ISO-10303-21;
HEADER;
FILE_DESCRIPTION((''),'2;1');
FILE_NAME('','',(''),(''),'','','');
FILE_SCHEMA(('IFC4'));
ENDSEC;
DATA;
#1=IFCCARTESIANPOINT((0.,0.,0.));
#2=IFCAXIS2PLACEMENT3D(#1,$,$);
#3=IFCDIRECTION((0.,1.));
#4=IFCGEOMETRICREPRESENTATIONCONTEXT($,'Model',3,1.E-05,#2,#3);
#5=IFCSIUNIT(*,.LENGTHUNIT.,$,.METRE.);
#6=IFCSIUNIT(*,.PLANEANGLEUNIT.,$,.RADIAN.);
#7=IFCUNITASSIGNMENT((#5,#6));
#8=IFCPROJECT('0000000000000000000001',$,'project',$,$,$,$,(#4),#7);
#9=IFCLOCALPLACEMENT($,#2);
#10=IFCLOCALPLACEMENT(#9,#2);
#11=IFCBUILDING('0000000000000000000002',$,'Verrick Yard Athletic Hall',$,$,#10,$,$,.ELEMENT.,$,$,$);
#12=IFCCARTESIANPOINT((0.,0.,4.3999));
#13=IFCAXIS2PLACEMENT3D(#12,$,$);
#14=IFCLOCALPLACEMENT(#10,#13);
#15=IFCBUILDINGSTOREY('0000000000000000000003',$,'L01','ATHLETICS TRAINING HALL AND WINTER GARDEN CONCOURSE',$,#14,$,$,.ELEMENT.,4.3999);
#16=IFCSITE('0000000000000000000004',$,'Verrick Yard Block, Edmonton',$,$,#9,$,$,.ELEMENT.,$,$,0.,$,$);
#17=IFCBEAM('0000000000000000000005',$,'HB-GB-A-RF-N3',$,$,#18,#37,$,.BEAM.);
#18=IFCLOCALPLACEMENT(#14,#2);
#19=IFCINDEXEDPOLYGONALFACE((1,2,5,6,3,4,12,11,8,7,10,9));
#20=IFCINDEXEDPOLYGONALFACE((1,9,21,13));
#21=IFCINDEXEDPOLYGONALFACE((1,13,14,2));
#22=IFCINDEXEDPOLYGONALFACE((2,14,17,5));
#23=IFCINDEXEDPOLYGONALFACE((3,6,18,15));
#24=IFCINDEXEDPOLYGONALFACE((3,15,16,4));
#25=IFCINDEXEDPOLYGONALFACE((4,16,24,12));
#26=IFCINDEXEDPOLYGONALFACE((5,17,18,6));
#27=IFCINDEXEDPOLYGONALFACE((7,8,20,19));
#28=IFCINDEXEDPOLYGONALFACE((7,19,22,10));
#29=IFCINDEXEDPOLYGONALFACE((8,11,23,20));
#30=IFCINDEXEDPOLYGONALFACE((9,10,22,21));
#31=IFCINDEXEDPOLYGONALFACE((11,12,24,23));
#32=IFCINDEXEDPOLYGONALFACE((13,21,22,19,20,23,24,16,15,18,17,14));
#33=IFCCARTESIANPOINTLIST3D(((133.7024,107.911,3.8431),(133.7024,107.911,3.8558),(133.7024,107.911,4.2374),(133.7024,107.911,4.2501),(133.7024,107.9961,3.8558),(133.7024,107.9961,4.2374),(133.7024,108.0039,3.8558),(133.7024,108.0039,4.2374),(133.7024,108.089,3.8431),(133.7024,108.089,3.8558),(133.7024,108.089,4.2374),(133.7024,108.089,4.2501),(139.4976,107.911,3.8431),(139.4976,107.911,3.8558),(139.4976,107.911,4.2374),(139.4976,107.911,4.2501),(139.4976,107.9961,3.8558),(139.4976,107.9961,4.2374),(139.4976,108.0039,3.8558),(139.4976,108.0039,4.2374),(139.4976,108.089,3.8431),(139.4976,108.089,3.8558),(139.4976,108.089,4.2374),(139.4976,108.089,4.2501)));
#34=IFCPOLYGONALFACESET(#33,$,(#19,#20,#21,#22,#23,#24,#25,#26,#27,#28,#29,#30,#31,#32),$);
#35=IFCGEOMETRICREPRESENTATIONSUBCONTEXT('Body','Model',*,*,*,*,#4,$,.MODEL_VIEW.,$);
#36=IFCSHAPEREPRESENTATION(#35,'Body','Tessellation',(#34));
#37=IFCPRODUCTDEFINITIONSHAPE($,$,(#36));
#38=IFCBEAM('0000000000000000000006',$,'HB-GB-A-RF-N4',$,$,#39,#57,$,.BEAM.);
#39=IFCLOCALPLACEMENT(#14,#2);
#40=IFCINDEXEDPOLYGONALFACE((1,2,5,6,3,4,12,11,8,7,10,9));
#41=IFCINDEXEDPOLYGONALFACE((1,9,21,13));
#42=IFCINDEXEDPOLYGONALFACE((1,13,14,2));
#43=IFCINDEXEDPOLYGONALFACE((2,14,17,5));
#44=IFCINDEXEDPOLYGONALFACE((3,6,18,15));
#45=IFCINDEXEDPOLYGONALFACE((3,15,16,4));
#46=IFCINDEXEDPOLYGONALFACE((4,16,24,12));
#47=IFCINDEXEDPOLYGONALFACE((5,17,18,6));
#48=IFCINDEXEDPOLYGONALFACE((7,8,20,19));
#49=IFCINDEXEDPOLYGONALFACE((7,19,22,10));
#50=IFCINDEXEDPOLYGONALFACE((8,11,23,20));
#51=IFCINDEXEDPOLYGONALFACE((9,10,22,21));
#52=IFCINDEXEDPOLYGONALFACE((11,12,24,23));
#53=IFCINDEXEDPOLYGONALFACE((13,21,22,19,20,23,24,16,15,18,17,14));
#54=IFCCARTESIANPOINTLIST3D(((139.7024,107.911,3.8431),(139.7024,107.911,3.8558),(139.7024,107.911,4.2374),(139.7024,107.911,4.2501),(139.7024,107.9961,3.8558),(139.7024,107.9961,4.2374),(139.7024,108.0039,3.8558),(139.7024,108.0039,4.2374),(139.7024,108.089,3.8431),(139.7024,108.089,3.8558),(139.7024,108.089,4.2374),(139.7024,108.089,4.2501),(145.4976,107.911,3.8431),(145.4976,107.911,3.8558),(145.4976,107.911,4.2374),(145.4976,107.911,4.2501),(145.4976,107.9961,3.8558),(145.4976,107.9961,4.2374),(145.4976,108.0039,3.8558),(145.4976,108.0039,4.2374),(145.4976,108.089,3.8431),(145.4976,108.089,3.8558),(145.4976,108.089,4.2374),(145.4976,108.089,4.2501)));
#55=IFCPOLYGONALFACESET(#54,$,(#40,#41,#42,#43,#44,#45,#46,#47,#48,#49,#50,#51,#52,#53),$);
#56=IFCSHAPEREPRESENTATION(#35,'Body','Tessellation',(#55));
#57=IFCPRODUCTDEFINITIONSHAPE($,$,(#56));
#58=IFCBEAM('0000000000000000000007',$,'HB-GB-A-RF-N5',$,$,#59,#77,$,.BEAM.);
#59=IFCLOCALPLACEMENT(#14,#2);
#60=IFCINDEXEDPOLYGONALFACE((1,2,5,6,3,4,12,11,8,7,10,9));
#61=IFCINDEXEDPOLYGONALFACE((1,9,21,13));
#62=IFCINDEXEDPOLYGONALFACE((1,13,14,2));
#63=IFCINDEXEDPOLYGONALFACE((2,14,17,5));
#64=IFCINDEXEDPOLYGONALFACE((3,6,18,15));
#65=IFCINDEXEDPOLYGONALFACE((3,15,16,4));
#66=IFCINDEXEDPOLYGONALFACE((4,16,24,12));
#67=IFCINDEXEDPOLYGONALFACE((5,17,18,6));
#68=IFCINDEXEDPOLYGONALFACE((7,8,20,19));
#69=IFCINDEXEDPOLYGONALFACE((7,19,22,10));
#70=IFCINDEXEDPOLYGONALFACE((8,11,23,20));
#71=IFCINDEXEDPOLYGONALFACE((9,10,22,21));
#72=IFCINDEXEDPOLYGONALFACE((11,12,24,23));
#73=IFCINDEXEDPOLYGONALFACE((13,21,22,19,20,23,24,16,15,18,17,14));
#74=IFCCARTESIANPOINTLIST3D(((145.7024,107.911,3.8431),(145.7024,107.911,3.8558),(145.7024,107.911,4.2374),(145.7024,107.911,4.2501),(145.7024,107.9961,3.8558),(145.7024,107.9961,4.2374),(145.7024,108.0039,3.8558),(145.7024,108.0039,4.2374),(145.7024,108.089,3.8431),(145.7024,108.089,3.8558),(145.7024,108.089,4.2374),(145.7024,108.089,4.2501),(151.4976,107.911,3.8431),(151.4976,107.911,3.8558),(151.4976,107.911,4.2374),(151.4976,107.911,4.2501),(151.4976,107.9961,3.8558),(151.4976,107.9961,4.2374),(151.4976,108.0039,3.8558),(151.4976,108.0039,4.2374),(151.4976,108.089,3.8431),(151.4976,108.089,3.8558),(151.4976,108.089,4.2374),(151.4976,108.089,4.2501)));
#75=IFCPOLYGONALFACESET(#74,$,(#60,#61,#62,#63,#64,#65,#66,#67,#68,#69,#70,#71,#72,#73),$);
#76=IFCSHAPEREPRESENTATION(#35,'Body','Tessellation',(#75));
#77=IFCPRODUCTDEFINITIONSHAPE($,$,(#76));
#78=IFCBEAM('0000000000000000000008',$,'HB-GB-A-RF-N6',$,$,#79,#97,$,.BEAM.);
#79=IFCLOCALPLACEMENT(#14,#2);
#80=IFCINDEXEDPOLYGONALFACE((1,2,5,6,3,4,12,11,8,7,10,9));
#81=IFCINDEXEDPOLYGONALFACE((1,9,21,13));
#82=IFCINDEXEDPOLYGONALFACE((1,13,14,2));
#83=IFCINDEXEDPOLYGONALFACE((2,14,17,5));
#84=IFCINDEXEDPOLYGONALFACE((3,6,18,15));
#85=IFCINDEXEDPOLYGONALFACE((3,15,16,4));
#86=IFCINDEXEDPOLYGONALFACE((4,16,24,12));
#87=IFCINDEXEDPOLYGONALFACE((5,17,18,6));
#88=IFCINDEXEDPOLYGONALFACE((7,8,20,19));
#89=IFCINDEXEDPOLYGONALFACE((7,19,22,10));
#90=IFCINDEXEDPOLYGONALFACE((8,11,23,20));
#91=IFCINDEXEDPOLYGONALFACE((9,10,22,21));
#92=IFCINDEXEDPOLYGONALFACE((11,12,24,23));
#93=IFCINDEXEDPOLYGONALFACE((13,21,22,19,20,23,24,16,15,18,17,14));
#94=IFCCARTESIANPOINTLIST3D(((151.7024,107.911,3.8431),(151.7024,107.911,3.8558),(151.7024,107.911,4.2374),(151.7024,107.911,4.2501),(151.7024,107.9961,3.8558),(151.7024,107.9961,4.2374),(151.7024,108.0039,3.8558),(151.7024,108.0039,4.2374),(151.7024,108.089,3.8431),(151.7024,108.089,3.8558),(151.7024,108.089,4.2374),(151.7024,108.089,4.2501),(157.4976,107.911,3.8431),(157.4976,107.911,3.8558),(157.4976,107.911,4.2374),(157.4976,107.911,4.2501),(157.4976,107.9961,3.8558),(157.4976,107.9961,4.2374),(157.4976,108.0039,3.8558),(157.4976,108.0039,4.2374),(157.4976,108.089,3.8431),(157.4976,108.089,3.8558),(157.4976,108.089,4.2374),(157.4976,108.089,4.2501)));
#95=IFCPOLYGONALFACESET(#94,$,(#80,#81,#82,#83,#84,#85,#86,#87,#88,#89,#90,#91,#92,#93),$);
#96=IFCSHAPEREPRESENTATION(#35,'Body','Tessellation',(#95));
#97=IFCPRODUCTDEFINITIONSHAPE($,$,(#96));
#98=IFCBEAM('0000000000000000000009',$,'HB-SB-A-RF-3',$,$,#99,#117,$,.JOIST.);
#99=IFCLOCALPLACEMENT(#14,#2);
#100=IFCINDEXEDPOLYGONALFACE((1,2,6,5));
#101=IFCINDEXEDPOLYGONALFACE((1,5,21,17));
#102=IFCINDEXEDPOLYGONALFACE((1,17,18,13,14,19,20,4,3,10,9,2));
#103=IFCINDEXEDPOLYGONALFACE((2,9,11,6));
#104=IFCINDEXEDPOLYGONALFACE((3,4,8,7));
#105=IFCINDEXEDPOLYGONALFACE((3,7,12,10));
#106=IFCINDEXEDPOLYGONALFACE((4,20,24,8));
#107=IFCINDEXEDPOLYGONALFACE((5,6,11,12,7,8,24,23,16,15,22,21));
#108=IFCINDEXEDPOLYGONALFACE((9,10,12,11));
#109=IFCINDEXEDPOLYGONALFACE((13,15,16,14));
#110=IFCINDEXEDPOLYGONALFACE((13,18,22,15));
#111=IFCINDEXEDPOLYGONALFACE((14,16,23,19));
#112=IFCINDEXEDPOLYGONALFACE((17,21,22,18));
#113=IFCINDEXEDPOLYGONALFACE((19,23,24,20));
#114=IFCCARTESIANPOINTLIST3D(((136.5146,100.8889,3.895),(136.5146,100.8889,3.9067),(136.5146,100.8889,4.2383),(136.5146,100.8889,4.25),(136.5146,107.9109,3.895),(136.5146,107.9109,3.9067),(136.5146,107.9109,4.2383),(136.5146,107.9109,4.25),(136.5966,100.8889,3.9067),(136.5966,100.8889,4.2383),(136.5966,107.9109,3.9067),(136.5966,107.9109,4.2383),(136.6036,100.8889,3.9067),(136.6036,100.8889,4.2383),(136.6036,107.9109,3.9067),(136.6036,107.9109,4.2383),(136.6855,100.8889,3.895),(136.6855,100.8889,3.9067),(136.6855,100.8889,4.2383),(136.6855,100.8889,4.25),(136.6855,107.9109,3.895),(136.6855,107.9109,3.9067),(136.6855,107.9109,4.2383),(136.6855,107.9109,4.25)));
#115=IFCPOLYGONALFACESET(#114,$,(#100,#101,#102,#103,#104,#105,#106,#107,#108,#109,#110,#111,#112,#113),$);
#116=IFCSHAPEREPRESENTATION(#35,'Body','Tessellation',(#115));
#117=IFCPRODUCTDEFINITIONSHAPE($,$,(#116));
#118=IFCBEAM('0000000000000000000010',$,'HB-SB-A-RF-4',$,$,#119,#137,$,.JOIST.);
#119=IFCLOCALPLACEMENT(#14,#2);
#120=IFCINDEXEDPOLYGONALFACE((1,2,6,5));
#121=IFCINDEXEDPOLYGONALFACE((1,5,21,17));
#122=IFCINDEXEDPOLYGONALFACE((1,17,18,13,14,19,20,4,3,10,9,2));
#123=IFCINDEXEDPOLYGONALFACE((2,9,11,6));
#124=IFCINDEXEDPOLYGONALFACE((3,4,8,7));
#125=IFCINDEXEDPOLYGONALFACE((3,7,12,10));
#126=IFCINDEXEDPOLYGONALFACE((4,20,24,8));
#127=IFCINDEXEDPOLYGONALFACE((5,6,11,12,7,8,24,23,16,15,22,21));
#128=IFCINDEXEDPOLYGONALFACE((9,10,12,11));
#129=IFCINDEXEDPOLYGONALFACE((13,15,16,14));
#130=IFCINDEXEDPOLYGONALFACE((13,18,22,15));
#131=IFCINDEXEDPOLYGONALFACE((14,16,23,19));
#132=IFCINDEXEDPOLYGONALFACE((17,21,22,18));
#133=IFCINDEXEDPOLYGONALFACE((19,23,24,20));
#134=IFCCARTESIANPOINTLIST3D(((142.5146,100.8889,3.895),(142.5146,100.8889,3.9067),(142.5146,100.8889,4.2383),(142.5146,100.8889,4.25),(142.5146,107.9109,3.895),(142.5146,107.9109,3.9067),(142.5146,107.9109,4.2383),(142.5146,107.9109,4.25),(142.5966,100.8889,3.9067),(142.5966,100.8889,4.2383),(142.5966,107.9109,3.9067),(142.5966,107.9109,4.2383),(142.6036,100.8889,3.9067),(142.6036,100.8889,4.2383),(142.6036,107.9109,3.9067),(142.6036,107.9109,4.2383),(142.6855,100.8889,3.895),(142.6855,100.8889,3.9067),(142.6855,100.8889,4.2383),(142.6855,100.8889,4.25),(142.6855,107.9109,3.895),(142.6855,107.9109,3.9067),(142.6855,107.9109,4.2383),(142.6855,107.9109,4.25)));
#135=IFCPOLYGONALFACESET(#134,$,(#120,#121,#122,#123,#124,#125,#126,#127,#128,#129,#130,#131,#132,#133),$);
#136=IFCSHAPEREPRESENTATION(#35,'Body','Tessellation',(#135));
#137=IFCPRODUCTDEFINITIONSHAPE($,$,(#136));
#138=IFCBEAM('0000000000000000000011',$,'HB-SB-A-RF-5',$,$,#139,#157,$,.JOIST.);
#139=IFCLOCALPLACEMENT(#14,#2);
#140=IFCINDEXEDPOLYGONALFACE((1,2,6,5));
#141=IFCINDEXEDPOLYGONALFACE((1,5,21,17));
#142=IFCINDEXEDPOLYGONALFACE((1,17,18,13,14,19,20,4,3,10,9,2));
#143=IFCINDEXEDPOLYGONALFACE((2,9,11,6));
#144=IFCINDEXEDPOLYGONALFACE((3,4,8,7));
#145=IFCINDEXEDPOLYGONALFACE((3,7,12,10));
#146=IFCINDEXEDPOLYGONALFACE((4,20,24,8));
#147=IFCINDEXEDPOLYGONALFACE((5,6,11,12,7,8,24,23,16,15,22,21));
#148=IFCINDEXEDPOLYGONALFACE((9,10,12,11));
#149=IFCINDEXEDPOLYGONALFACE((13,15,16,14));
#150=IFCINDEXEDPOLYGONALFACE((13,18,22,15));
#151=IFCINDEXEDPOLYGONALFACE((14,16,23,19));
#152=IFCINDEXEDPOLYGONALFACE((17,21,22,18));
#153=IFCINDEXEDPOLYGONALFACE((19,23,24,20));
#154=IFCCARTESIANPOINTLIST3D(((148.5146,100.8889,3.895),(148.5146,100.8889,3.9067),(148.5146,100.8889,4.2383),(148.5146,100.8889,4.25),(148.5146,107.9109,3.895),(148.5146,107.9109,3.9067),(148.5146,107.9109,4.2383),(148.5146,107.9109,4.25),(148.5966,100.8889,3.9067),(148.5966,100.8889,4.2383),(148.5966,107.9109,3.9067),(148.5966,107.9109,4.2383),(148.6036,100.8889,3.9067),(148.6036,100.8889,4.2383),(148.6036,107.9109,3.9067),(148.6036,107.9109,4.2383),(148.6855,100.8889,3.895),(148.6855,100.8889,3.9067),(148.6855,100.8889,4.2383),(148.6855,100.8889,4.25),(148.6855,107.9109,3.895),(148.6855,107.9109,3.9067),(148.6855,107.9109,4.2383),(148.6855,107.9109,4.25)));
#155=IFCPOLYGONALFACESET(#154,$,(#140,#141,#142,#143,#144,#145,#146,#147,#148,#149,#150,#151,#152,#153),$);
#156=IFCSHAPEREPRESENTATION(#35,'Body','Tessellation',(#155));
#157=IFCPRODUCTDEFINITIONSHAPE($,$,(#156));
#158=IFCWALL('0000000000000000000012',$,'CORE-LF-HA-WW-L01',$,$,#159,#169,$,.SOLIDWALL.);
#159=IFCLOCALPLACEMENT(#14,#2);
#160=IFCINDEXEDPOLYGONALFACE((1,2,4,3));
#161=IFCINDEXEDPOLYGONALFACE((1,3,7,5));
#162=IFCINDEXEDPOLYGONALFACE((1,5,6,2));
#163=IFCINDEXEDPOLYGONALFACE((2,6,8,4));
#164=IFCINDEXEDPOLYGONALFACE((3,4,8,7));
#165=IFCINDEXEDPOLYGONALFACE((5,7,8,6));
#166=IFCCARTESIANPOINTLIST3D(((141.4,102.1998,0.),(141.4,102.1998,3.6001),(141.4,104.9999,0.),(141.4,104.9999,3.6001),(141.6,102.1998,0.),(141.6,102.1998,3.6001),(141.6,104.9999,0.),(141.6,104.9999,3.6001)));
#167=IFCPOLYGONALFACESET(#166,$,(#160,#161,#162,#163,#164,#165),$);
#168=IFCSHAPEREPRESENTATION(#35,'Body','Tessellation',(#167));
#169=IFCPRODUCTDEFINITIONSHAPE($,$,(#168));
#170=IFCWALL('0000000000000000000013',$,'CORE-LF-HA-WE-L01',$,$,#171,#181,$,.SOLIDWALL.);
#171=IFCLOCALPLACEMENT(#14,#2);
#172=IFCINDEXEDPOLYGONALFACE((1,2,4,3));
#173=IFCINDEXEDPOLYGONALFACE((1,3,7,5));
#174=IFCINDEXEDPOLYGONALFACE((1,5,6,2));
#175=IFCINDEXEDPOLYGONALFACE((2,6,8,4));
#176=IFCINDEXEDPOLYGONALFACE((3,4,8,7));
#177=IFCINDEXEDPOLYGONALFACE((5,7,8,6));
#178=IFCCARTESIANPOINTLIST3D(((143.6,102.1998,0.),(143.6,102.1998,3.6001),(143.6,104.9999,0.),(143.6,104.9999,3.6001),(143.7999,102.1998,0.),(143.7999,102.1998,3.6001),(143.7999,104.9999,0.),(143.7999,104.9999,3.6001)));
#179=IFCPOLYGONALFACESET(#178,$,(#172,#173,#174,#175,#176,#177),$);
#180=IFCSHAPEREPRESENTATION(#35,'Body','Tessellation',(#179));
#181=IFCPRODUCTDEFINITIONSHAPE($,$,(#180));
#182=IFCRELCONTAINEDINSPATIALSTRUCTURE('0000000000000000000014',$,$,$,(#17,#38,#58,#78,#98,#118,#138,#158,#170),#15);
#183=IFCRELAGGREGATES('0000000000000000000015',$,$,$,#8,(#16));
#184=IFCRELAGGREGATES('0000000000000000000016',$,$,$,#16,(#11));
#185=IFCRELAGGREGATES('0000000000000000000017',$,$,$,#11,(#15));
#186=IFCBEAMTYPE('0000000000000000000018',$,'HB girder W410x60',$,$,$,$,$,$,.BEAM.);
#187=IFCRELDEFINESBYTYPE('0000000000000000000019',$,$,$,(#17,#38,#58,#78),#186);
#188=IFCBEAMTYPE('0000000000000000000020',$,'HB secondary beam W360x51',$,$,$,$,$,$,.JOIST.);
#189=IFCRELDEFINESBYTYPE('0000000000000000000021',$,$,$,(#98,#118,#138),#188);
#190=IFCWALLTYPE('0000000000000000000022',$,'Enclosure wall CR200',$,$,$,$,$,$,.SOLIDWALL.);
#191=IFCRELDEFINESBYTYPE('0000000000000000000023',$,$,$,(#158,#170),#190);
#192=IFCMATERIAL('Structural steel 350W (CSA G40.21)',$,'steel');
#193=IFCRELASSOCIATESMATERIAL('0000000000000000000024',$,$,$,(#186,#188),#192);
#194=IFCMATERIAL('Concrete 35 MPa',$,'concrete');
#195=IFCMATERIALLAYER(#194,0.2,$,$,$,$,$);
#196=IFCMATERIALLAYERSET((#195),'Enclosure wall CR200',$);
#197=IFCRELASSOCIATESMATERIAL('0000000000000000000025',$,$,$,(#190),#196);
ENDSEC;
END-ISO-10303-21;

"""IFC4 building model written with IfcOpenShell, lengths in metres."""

from ifc_helpers import new_model, si_unit, direction, frame, frame_2d, origin, origin_2d, place, context, subcontext, project, spatial, rectangle, i_section, extrude, material, layer, layer_set, material_profile, profile_set, type_object, element, save


model = new_model("IFC4")

# Units and contexts
model_context = context("Model", 3, precision=1e-05, world=origin(), true_north=direction((0.0, 1.0)))
body_context = subcontext(model_context, "Body", "Model", "MODEL_VIEW")
ifc_project = project(units=[si_unit("LENGTHUNIT", "METRE"), si_unit("PLANEANGLEUNIT", "RADIAN")], contexts=[model_context])

# Site, building, storey
site_placement = place(None, origin())
site = spatial("IfcSite", under=ifc_project, at=site_placement, Name="Verrick Yard Block, Edmonton", CompositionType="ELEMENT", RefElevation=0.0)
building_placement = place(site_placement, origin())
building = spatial("IfcBuilding", under=site, at=building_placement, Name="Verrick Yard Athletic Hall", CompositionType="ELEMENT")
storey_placement = place(building_placement, frame((0.0, 0.0, 4.3999)))
storey = spatial("IfcBuildingStorey", under=building, at=storey_placement, Name="L01", Description="ATHLETICS TRAINING HALL AND WINTER GARDEN CONCOURSE", CompositionType="ELEMENT", Elevation=4.3999)

# Shared definitions
ifc_material_1 = material(Name="Structural steel 350W (CSA G40.21)", Category="steel")

# Beams
ifc_material_profile_1 = material_profile(ifc_material_1, i_section(OverallWidth=0.178, OverallDepth=0.407, WebThickness=0.0078, FlangeThickness=0.0127, at=origin_2d()), Name="W410x60")
ifc_profile_set_1 = profile_set([ifc_material_profile_1], Name="Structural steel 350W (CSA G40.21)")
beam_type_1 = type_object("IfcBeamType", Name="HB girder W410x60", PredefinedType="BEAM", material=ifc_profile_set_1)
for number, where, z_axis, x_axis, name in (
    (1, (133.7024, 108.0, 4.0466), (1.0, 0.0, 0.0), (0.0, 1.0, 0.0), "HB-GB-A-RF-N3"),
    (2, (139.7024, 108.0, 4.0466), (1.0, 0.0, 0.0), (0.0, 1.0, 0.0), "HB-GB-A-RF-N4"),
    (3, (145.7024, 108.0, 4.0466), (1.0, 0.0, 0.0), (0.0, 1.0, 0.0), "HB-GB-A-RF-N5"),
    (4, (151.7024, 108.0, 4.0466), (1.0, 0.0, 0.0), (0.0, 1.0, 0.0), "HB-GB-A-RF-N6"),
):
    element("IfcBeam", number, at=place(storey_placement, frame(where, z_axis=z_axis, x_axis=x_axis)), inside=storey, type_object=beam_type_1, Name=name, PredefinedType="BEAM", context=body_context, shape_type="SweptSolid", body=[
        extrude(i_section(OverallWidth=0.178, OverallDepth=0.407, WebThickness=0.0078, FlangeThickness=0.0127, at=origin_2d()), origin(), (0.0, 0.0, 1.0), 5.7952),
    ])
ifc_material_profile_2 = material_profile(ifc_material_1, i_section(OverallWidth=0.1709, OverallDepth=0.355, WebThickness=0.0071, FlangeThickness=0.0117, at=origin_2d()), Name="W360x51")
ifc_profile_set_2 = profile_set([ifc_material_profile_2], Name="Structural steel 350W (CSA G40.21)")
beam_type_2 = type_object("IfcBeamType", Name="HB secondary beam W360x51", PredefinedType="JOIST", material=ifc_profile_set_2)
for number, where, z_axis, x_axis, name in (
    (5, (136.6001, 100.8889, 4.0725), (0.0, 1.0, 0.0), (-1.0, 0.0, 0.0), "HB-SB-A-RF-3"),
    (6, (142.6001, 100.8889, 4.0725), (0.0, 1.0, 0.0), (-1.0, 0.0, 0.0), "HB-SB-A-RF-4"),
    (7, (148.6001, 100.8889, 4.0725), (0.0, 1.0, 0.0), (-1.0, 0.0, 0.0), "HB-SB-A-RF-5"),
):
    element("IfcBeam", number, at=place(storey_placement, frame(where, z_axis=z_axis, x_axis=x_axis)), inside=storey, type_object=beam_type_2, Name=name, PredefinedType="JOIST", context=body_context, shape_type="SweptSolid", body=[
        extrude(i_section(OverallWidth=0.1709, OverallDepth=0.355, WebThickness=0.0071, FlangeThickness=0.0117, at=origin_2d()), origin(), (0.0, 0.0, 1.0), 7.022),
    ])

# Walls
ifc_material_2 = material(Name="Concrete 35 MPa", Category="concrete")
ifc_layer_1 = layer(ifc_material_2, 0.2)
ifc_layer_set_1 = layer_set([ifc_layer_1], Name="Enclosure wall CR200")
wall_type_1 = type_object("IfcWallType", Name="Enclosure wall CR200", PredefinedType="SOLIDWALL", material=ifc_layer_set_1)
for number, where, z_axis, x_axis, name in (
    (8, (141.5, 102.2, 0.0), (0.0, 0.0, 1.0), (0.0, 1.0, 0.0), "CORE-LF-HA-WW-L01"),
    (9, (143.7, 102.2, 0.0), (0.0, 0.0, 1.0), (0.0, 1.0, 0.0), "CORE-LF-HA-WE-L01"),
):
    element("IfcWall", number, at=place(storey_placement, frame(where, z_axis=z_axis, x_axis=x_axis)), inside=storey, type_object=wall_type_1, Name=name, PredefinedType="SOLIDWALL", context=body_context, shape_type="SweptSolid", body=[
        extrude(rectangle(XDim=2.8, YDim=0.2, at=frame_2d((1.3999, 0.0))), origin(), (0.0, 0.0, 1.0), 3.6001),
    ])

save(model, "model.ifc")
